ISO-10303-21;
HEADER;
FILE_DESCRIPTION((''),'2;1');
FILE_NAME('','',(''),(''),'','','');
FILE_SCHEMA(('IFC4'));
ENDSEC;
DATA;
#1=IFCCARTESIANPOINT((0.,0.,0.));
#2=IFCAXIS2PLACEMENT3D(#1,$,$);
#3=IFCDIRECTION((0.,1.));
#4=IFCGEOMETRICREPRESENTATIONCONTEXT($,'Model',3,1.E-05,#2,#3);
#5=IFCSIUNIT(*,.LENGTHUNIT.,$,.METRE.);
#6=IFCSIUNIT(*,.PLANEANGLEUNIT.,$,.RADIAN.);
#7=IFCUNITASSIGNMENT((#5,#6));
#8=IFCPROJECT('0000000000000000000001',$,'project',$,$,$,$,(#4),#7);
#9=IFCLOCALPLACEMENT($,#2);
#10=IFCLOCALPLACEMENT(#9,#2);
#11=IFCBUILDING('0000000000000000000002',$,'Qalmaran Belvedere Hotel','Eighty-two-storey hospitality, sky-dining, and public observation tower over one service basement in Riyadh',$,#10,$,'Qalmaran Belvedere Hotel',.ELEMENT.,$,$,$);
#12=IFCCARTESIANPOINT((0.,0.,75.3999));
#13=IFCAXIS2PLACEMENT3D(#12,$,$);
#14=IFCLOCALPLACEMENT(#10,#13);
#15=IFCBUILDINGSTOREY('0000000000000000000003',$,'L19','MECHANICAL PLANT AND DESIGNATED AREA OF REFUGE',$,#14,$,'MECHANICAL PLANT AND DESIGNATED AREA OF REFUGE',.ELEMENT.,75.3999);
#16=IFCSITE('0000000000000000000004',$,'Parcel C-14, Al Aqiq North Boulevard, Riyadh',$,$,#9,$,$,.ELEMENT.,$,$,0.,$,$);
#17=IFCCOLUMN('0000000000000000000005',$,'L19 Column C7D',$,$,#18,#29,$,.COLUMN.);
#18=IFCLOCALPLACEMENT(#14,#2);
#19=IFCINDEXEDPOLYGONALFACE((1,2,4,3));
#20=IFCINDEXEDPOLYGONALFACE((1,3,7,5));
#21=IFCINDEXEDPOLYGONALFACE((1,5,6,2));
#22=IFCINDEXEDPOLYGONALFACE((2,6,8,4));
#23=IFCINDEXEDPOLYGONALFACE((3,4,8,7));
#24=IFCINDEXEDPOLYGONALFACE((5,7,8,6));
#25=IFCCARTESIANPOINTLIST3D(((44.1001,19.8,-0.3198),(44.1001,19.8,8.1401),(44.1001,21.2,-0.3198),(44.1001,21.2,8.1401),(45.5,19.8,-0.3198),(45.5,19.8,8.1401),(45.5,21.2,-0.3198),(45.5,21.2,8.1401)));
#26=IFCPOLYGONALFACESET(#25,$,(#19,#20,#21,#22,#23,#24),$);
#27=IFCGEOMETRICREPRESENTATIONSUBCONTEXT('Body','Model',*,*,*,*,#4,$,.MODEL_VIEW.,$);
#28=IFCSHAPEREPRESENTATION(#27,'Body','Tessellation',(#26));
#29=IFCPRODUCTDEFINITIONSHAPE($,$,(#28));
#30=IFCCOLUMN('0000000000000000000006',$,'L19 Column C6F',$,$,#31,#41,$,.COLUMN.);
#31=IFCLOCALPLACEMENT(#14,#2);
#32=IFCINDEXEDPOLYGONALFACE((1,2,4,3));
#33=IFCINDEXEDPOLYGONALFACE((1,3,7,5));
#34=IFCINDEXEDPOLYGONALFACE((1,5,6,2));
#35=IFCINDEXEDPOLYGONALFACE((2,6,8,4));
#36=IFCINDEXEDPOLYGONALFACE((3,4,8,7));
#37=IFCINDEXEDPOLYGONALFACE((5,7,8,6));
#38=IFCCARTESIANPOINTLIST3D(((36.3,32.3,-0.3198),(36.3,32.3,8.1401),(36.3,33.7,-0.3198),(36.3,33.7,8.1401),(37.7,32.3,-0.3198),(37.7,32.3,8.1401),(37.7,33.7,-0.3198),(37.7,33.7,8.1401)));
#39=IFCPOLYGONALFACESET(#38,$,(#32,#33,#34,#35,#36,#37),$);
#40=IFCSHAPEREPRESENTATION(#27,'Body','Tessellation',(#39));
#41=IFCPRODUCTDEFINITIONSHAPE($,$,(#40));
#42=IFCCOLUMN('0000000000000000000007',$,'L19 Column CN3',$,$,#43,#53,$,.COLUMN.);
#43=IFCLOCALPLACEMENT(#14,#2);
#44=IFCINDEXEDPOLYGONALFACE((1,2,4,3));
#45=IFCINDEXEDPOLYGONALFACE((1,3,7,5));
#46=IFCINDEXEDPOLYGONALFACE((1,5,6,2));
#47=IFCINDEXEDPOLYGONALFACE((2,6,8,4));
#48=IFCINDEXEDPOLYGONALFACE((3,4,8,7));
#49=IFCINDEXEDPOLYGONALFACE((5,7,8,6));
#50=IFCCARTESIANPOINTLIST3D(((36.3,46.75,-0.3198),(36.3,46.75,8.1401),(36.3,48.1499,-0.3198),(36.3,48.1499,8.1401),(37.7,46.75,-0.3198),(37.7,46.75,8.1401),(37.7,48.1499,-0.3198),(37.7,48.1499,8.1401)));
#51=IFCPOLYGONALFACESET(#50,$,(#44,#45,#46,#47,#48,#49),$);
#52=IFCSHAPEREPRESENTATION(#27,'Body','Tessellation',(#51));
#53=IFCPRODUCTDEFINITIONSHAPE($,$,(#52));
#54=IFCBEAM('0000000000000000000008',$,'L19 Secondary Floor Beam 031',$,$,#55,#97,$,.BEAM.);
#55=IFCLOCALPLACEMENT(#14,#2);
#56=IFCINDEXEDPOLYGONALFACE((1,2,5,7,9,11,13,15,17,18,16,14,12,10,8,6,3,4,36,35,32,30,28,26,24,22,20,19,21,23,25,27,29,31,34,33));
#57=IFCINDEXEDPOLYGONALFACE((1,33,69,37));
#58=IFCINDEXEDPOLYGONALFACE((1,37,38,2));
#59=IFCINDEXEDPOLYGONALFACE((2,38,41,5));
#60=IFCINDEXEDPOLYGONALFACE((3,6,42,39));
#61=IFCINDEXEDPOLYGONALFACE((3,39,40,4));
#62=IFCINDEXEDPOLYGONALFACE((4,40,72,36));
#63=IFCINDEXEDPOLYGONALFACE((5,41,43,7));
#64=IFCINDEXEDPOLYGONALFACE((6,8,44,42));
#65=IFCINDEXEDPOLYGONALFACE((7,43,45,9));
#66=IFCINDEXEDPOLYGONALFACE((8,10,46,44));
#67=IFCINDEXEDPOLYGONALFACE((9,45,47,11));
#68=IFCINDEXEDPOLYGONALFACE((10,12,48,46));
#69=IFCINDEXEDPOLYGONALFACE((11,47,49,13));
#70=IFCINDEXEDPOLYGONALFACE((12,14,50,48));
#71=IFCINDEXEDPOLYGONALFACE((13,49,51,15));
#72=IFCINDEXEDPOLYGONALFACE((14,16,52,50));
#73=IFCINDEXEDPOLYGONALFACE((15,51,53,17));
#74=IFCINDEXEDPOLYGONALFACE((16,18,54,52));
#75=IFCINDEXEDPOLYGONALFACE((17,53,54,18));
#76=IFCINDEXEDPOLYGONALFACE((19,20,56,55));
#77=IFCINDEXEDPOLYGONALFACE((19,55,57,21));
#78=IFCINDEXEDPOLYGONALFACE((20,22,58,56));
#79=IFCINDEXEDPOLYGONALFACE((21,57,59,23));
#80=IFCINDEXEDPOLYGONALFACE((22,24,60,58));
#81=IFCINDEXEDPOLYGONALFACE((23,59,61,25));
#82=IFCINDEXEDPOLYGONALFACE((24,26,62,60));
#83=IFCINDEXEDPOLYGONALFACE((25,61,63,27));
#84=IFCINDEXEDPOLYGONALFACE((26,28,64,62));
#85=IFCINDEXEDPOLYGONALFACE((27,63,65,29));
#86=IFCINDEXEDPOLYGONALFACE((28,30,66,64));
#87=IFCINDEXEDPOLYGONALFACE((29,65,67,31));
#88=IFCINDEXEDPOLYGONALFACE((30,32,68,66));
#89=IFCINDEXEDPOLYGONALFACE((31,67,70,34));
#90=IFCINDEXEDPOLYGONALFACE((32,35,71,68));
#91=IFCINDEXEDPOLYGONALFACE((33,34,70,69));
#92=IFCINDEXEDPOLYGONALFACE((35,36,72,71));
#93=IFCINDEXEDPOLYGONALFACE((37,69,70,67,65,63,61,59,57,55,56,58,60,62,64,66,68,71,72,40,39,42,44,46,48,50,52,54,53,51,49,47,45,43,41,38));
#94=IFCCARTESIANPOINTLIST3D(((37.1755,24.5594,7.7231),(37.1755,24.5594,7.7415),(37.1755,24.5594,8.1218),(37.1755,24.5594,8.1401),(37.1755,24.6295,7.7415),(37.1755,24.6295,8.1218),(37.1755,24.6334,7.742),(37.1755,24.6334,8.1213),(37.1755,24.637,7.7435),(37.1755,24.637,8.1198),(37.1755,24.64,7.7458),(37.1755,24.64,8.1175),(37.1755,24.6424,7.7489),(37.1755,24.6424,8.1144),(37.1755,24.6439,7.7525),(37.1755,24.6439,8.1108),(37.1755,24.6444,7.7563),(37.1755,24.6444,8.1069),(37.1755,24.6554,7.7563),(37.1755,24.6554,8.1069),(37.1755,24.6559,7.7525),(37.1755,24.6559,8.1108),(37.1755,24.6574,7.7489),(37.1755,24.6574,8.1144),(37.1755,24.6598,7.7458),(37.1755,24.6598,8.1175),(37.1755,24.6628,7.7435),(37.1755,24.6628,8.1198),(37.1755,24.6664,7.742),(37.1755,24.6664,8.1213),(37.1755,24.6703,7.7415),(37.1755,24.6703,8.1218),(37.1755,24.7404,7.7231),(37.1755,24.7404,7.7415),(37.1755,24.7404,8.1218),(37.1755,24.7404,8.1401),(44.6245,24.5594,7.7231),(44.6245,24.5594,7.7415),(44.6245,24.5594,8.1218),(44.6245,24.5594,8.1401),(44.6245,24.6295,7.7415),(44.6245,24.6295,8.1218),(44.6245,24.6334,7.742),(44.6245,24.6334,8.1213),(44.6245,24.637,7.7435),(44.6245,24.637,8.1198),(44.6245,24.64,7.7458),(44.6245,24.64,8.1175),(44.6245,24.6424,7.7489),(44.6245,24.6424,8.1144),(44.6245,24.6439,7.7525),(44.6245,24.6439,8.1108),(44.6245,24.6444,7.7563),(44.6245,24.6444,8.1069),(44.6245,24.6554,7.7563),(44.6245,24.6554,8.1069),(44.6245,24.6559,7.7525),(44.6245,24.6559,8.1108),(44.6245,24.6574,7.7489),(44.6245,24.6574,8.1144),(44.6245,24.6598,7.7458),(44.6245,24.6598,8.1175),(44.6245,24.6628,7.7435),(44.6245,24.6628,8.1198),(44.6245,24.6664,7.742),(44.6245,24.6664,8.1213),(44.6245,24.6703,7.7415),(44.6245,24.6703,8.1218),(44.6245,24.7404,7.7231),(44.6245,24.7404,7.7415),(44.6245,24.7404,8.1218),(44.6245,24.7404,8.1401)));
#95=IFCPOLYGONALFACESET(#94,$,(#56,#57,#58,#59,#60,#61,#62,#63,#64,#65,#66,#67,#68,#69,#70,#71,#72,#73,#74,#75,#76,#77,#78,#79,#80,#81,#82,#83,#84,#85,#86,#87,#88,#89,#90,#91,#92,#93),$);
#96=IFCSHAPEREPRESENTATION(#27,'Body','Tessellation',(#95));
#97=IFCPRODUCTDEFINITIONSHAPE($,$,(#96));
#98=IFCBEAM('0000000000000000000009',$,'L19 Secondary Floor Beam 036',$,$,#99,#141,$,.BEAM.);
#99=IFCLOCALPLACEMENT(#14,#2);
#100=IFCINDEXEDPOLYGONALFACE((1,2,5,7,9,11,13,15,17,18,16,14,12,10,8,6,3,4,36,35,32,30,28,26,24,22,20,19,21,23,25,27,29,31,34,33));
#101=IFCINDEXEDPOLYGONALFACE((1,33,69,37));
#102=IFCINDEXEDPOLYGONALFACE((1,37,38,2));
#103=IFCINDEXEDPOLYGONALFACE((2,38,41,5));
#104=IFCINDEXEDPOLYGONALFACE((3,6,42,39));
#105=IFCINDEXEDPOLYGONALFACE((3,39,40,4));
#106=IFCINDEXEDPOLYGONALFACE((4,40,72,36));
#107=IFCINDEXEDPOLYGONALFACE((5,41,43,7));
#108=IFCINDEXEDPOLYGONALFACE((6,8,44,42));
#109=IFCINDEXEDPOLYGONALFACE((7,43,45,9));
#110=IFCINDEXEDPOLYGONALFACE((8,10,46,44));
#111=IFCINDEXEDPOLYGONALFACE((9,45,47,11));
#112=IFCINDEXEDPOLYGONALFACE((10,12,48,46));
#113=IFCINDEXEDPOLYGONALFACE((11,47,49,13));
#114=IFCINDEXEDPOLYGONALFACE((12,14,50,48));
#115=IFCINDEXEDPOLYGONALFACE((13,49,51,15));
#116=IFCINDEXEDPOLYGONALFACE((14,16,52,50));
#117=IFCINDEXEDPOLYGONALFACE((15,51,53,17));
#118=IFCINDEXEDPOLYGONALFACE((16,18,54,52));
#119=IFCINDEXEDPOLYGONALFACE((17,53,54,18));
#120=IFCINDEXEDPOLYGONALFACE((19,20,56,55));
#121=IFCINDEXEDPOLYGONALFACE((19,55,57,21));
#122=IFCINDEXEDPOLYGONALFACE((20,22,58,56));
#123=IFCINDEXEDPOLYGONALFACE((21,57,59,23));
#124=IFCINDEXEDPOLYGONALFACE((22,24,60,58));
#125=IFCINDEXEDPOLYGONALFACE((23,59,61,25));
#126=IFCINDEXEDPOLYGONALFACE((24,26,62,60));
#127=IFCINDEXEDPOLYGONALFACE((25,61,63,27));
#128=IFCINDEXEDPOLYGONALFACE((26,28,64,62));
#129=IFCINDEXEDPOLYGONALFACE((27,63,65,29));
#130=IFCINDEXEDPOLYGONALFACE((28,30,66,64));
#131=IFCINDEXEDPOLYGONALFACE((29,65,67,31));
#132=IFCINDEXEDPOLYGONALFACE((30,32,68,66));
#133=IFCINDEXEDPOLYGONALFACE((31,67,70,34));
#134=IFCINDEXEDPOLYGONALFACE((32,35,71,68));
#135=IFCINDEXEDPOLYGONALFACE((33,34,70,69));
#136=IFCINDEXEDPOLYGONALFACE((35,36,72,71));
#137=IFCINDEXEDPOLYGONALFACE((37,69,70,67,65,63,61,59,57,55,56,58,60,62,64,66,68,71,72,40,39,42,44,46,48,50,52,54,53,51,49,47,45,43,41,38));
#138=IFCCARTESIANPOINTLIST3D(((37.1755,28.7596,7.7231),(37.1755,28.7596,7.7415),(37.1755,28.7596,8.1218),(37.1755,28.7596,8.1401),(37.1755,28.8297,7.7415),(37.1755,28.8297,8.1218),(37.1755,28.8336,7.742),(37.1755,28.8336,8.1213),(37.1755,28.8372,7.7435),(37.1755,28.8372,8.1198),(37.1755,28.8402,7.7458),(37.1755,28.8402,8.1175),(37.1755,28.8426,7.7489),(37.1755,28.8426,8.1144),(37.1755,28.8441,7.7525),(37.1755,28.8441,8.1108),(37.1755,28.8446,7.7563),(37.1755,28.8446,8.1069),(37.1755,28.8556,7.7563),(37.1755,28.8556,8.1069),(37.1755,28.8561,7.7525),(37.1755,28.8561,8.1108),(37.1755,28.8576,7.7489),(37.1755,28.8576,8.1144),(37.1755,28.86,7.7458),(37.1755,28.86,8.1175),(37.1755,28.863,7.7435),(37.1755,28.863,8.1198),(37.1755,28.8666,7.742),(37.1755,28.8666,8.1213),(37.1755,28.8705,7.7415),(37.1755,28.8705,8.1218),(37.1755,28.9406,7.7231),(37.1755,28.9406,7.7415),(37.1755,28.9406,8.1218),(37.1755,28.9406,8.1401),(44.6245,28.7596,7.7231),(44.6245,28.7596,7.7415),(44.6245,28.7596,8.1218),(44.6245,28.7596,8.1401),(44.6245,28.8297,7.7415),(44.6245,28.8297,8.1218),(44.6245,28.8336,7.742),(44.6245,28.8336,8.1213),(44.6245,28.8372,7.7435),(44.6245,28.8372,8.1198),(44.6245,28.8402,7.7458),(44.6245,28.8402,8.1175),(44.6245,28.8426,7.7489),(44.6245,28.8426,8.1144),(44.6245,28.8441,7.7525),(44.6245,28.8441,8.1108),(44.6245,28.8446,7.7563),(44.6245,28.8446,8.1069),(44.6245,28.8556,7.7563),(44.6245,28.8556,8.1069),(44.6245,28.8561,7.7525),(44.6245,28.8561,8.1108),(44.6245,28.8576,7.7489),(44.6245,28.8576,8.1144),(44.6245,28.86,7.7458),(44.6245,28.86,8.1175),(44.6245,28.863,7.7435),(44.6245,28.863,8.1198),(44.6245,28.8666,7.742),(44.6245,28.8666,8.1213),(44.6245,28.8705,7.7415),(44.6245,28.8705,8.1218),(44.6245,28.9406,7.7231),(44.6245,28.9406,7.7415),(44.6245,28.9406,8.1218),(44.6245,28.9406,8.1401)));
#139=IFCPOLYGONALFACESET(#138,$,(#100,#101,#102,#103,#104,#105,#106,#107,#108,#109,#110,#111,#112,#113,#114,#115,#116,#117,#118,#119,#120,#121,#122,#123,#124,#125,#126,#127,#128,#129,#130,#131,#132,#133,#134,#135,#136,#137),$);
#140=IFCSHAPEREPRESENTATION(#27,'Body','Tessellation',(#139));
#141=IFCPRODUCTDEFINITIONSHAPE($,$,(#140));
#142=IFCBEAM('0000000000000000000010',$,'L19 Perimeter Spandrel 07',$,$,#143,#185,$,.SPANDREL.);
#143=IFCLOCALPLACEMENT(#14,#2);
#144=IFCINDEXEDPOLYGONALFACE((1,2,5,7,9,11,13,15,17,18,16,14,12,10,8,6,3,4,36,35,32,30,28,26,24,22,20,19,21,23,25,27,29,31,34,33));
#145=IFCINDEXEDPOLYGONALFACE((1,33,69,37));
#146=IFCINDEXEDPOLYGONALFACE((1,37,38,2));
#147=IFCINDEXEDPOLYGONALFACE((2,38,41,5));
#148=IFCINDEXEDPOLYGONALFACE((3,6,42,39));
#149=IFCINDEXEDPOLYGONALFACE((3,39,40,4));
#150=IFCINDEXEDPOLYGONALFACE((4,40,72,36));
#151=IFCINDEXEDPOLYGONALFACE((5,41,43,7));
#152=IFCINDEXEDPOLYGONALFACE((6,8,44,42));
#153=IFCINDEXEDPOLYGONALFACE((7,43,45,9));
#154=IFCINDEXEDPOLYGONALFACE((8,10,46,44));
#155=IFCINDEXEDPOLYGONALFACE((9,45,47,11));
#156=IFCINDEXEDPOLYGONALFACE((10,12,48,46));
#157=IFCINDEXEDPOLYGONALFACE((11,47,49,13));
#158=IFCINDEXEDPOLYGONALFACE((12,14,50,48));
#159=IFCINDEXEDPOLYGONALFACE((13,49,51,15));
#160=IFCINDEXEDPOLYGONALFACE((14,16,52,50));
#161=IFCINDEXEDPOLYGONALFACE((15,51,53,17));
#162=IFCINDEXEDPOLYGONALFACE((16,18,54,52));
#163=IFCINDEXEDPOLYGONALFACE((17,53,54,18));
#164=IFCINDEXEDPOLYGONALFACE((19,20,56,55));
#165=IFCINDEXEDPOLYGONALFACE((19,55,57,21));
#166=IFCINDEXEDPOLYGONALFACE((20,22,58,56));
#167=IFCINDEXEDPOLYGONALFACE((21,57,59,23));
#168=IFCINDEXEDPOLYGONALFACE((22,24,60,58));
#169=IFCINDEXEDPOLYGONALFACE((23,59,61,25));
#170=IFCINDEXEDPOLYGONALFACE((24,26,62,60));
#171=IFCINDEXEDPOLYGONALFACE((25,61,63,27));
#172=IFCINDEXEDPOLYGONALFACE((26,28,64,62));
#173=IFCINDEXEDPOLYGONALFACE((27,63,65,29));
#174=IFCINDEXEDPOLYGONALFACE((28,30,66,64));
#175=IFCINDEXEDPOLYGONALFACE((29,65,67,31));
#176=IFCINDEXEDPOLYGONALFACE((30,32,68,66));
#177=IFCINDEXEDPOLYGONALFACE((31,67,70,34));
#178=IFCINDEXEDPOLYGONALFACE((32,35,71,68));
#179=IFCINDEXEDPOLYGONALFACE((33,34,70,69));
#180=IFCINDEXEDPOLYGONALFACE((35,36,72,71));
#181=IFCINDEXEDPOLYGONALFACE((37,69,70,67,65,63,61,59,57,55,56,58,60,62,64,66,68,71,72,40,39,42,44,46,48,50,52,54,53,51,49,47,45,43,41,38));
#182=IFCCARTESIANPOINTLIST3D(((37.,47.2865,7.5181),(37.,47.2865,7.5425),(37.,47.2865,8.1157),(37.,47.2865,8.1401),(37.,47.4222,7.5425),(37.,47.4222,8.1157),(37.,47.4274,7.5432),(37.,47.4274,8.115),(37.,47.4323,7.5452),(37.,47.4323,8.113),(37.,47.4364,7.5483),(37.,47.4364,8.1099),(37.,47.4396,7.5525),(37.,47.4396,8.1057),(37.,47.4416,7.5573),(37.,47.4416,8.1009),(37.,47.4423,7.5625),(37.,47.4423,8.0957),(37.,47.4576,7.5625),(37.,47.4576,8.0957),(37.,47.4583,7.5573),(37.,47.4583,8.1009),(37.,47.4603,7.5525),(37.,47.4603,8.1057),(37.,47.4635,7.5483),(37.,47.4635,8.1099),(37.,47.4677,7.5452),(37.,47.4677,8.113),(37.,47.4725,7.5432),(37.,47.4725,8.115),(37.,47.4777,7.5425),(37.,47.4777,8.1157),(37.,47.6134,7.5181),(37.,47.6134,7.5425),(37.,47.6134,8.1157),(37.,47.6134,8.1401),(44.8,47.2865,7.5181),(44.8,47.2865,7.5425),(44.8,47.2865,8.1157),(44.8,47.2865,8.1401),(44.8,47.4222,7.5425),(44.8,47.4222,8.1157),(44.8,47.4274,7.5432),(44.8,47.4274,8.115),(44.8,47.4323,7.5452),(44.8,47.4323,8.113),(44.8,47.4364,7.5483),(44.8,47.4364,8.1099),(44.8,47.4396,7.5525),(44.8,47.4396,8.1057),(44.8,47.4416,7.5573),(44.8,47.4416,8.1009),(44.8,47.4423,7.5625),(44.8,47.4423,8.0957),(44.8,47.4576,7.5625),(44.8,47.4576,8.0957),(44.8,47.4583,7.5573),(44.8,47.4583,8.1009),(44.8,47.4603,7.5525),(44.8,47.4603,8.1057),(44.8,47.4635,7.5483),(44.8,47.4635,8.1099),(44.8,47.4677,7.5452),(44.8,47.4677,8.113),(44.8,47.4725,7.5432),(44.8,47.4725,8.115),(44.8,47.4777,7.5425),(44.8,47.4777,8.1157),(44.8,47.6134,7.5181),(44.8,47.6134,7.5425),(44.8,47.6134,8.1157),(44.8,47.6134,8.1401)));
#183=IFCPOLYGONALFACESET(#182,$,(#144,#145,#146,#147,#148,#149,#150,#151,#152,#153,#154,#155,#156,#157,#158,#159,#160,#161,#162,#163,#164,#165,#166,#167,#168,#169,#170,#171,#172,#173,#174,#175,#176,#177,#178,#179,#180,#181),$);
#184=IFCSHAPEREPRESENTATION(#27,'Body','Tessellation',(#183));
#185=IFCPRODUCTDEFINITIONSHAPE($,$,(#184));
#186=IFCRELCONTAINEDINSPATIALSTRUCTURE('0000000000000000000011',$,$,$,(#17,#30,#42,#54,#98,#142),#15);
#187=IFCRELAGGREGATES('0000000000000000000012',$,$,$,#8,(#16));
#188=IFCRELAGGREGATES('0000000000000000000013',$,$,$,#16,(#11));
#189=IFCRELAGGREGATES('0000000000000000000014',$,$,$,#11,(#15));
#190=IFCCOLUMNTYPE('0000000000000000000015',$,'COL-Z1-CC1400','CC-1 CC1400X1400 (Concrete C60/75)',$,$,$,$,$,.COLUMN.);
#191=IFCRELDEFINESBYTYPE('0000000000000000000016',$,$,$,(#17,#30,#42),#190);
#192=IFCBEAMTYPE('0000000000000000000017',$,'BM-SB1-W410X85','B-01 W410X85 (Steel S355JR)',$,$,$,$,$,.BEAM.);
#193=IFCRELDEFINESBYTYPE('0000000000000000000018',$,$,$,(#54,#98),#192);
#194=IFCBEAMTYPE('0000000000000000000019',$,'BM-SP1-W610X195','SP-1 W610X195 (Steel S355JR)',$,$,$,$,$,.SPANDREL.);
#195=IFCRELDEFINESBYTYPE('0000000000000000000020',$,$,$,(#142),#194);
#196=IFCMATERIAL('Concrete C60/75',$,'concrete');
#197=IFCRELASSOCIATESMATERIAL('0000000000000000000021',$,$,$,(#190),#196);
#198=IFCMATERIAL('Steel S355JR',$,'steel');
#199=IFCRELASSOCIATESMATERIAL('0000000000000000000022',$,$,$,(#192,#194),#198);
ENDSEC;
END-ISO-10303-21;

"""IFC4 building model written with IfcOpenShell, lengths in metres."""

from ifc_helpers import new_model, si_unit, direction, frame, origin, origin_2d, place, context, subcontext, project, spatial, rectangle, i_section, extrude, material, material_profile, profile_set, type_object, element, save


model = new_model("IFC4")

# Units and contexts
model_context = context("Model", 3, precision=1e-05, world=origin(), true_north=direction((0.0, 1.0)))
body_context = subcontext(model_context, "Body", "Model", "MODEL_VIEW")
ifc_project = project(units=[si_unit("LENGTHUNIT", "METRE"), si_unit("PLANEANGLEUNIT", "RADIAN")], contexts=[model_context])

# Site, building, storey
site_placement = place(None, origin())
site = spatial("IfcSite", under=ifc_project, at=site_placement, Name="Parcel C-14, Al Aqiq North Boulevard, Riyadh", CompositionType="ELEMENT", RefElevation=0.0)
building_placement = place(site_placement, origin())
building = spatial("IfcBuilding", under=site, at=building_placement, Name="Qalmaran Belvedere Hotel", Description="Eighty-two-storey hospitality, sky-dining, and public observation tower over one service basement in Riyadh", LongName="Qalmaran Belvedere Hotel", CompositionType="ELEMENT")
storey_placement = place(building_placement, frame((0.0, 0.0, 75.3999)))
storey = spatial("IfcBuildingStorey", under=building, at=storey_placement, Name="L19", Description="MECHANICAL PLANT AND DESIGNATED AREA OF REFUGE", LongName="MECHANICAL PLANT AND DESIGNATED AREA OF REFUGE", CompositionType="ELEMENT", Elevation=75.3999)

# Columns
ifc_material_1 = material(Name="Concrete C60/75", Category="concrete")
ifc_material_profile_1 = material_profile(ifc_material_1, rectangle(XDim=1.3999, YDim=1.3999, at=origin_2d()), Name="CC1400X1400")
ifc_profile_set_1 = profile_set([ifc_material_profile_1], Name="Concrete C60/75")
column_type = type_object("IfcColumnType", Name="COL-Z1-CC1400", Description="CC-1 CC1400X1400 (Concrete C60/75)", PredefinedType="COLUMN", material=ifc_profile_set_1)
for number, where, z_axis, x_axis, name in (
    (1, (44.8, 20.5, -0.3198), (0.0, 0.0, 1.0), (1.0, 0.0, 0.0), "L19 Column C7D"),
    (2, (37.0, 33.0, -0.3198), (0.0, 0.0, 1.0), (1.0, 0.0, 0.0), "L19 Column C6F"),
    (3, (37.0, 47.45, -0.3198), (0.0, 0.0, 1.0), (1.0, 0.0, 0.0), "L19 Column CN3"),
):
    element("IfcColumn", number, at=place(storey_placement, frame(where, z_axis=z_axis, x_axis=x_axis)), inside=storey, type_object=column_type, Name=name, PredefinedType="COLUMN", context=body_context, shape_type="SweptSolid", body=[
        extrude(rectangle(XDim=1.3999, YDim=1.3999, at=origin_2d()), origin(), (0.0, 0.0, 1.0), 8.46),
    ])

# Beams
ifc_material_2 = material(Name="Steel S355JR", Category="steel")
ifc_material_profile_2 = material_profile(ifc_material_2, i_section(OverallWidth=0.1809, OverallDepth=0.417, WebThickness=0.011, FlangeThickness=0.0183, FilletRadius=0.0149, at=origin_2d()), Name="W410X85")
ifc_profile_set_2 = profile_set([ifc_material_profile_2], Name="Steel S355JR")
beam_type_1 = type_object("IfcBeamType", Name="BM-SB1-W410X85", Description="B-01 W410X85 (Steel S355JR)", PredefinedType="BEAM", material=ifc_profile_set_2)
for number, where, z_axis, x_axis, name in (
    (4, (37.1755, 24.6499, 7.9316), (1.0, 0.0, 0.0), (0.0, 1.0, 0.0), "L19 Secondary Floor Beam 031"),
    (5, (37.1755, 28.8501, 7.9316), (1.0, 0.0, 0.0), (0.0, 1.0, 0.0), "L19 Secondary Floor Beam 036"),
):
    element("IfcBeam", number, at=place(storey_placement, frame(where, z_axis=z_axis, x_axis=x_axis)), inside=storey, type_object=beam_type_1, Name=name, PredefinedType="BEAM", context=body_context, shape_type="SweptSolid", body=[
        extrude(i_section(OverallWidth=0.1809, OverallDepth=0.417, WebThickness=0.011, FlangeThickness=0.0183, FilletRadius=0.0149, at=origin_2d()), origin(), (0.0, 0.0, 1.0), 7.449),
    ])
ifc_material_profile_3 = material_profile(ifc_material_2, i_section(OverallWidth=0.3269, OverallDepth=0.6221, WebThickness=0.0154, FlangeThickness=0.0244, FilletRadius=0.02, at=origin_2d()), Name="W610X195")
ifc_profile_set_3 = profile_set([ifc_material_profile_3], Name="Steel S355JR")
beam_type_2 = type_object("IfcBeamType", Name="BM-SP1-W610X195", Description="SP-1 W610X195 (Steel S355JR)", PredefinedType="SPANDREL", material=ifc_profile_set_3)
beam_1_placement = place(storey_placement, frame((37.0, 47.45, 7.8291), z_axis=(1.0, 0.0, 0.0), x_axis=(0.0, 1.0, 0.0)))
element("IfcBeam", 6, at=beam_1_placement, inside=storey, type_object=beam_type_2, Name="L19 Perimeter Spandrel 07", PredefinedType="SPANDREL", context=body_context, shape_type="SweptSolid", body=[
    extrude(i_section(OverallWidth=0.3269, OverallDepth=0.6221, WebThickness=0.0154, FlangeThickness=0.0244, FilletRadius=0.02, at=origin_2d()), origin(), (0.0, 0.0, 1.0), 7.8),
])

save(model, "model.ifc")
